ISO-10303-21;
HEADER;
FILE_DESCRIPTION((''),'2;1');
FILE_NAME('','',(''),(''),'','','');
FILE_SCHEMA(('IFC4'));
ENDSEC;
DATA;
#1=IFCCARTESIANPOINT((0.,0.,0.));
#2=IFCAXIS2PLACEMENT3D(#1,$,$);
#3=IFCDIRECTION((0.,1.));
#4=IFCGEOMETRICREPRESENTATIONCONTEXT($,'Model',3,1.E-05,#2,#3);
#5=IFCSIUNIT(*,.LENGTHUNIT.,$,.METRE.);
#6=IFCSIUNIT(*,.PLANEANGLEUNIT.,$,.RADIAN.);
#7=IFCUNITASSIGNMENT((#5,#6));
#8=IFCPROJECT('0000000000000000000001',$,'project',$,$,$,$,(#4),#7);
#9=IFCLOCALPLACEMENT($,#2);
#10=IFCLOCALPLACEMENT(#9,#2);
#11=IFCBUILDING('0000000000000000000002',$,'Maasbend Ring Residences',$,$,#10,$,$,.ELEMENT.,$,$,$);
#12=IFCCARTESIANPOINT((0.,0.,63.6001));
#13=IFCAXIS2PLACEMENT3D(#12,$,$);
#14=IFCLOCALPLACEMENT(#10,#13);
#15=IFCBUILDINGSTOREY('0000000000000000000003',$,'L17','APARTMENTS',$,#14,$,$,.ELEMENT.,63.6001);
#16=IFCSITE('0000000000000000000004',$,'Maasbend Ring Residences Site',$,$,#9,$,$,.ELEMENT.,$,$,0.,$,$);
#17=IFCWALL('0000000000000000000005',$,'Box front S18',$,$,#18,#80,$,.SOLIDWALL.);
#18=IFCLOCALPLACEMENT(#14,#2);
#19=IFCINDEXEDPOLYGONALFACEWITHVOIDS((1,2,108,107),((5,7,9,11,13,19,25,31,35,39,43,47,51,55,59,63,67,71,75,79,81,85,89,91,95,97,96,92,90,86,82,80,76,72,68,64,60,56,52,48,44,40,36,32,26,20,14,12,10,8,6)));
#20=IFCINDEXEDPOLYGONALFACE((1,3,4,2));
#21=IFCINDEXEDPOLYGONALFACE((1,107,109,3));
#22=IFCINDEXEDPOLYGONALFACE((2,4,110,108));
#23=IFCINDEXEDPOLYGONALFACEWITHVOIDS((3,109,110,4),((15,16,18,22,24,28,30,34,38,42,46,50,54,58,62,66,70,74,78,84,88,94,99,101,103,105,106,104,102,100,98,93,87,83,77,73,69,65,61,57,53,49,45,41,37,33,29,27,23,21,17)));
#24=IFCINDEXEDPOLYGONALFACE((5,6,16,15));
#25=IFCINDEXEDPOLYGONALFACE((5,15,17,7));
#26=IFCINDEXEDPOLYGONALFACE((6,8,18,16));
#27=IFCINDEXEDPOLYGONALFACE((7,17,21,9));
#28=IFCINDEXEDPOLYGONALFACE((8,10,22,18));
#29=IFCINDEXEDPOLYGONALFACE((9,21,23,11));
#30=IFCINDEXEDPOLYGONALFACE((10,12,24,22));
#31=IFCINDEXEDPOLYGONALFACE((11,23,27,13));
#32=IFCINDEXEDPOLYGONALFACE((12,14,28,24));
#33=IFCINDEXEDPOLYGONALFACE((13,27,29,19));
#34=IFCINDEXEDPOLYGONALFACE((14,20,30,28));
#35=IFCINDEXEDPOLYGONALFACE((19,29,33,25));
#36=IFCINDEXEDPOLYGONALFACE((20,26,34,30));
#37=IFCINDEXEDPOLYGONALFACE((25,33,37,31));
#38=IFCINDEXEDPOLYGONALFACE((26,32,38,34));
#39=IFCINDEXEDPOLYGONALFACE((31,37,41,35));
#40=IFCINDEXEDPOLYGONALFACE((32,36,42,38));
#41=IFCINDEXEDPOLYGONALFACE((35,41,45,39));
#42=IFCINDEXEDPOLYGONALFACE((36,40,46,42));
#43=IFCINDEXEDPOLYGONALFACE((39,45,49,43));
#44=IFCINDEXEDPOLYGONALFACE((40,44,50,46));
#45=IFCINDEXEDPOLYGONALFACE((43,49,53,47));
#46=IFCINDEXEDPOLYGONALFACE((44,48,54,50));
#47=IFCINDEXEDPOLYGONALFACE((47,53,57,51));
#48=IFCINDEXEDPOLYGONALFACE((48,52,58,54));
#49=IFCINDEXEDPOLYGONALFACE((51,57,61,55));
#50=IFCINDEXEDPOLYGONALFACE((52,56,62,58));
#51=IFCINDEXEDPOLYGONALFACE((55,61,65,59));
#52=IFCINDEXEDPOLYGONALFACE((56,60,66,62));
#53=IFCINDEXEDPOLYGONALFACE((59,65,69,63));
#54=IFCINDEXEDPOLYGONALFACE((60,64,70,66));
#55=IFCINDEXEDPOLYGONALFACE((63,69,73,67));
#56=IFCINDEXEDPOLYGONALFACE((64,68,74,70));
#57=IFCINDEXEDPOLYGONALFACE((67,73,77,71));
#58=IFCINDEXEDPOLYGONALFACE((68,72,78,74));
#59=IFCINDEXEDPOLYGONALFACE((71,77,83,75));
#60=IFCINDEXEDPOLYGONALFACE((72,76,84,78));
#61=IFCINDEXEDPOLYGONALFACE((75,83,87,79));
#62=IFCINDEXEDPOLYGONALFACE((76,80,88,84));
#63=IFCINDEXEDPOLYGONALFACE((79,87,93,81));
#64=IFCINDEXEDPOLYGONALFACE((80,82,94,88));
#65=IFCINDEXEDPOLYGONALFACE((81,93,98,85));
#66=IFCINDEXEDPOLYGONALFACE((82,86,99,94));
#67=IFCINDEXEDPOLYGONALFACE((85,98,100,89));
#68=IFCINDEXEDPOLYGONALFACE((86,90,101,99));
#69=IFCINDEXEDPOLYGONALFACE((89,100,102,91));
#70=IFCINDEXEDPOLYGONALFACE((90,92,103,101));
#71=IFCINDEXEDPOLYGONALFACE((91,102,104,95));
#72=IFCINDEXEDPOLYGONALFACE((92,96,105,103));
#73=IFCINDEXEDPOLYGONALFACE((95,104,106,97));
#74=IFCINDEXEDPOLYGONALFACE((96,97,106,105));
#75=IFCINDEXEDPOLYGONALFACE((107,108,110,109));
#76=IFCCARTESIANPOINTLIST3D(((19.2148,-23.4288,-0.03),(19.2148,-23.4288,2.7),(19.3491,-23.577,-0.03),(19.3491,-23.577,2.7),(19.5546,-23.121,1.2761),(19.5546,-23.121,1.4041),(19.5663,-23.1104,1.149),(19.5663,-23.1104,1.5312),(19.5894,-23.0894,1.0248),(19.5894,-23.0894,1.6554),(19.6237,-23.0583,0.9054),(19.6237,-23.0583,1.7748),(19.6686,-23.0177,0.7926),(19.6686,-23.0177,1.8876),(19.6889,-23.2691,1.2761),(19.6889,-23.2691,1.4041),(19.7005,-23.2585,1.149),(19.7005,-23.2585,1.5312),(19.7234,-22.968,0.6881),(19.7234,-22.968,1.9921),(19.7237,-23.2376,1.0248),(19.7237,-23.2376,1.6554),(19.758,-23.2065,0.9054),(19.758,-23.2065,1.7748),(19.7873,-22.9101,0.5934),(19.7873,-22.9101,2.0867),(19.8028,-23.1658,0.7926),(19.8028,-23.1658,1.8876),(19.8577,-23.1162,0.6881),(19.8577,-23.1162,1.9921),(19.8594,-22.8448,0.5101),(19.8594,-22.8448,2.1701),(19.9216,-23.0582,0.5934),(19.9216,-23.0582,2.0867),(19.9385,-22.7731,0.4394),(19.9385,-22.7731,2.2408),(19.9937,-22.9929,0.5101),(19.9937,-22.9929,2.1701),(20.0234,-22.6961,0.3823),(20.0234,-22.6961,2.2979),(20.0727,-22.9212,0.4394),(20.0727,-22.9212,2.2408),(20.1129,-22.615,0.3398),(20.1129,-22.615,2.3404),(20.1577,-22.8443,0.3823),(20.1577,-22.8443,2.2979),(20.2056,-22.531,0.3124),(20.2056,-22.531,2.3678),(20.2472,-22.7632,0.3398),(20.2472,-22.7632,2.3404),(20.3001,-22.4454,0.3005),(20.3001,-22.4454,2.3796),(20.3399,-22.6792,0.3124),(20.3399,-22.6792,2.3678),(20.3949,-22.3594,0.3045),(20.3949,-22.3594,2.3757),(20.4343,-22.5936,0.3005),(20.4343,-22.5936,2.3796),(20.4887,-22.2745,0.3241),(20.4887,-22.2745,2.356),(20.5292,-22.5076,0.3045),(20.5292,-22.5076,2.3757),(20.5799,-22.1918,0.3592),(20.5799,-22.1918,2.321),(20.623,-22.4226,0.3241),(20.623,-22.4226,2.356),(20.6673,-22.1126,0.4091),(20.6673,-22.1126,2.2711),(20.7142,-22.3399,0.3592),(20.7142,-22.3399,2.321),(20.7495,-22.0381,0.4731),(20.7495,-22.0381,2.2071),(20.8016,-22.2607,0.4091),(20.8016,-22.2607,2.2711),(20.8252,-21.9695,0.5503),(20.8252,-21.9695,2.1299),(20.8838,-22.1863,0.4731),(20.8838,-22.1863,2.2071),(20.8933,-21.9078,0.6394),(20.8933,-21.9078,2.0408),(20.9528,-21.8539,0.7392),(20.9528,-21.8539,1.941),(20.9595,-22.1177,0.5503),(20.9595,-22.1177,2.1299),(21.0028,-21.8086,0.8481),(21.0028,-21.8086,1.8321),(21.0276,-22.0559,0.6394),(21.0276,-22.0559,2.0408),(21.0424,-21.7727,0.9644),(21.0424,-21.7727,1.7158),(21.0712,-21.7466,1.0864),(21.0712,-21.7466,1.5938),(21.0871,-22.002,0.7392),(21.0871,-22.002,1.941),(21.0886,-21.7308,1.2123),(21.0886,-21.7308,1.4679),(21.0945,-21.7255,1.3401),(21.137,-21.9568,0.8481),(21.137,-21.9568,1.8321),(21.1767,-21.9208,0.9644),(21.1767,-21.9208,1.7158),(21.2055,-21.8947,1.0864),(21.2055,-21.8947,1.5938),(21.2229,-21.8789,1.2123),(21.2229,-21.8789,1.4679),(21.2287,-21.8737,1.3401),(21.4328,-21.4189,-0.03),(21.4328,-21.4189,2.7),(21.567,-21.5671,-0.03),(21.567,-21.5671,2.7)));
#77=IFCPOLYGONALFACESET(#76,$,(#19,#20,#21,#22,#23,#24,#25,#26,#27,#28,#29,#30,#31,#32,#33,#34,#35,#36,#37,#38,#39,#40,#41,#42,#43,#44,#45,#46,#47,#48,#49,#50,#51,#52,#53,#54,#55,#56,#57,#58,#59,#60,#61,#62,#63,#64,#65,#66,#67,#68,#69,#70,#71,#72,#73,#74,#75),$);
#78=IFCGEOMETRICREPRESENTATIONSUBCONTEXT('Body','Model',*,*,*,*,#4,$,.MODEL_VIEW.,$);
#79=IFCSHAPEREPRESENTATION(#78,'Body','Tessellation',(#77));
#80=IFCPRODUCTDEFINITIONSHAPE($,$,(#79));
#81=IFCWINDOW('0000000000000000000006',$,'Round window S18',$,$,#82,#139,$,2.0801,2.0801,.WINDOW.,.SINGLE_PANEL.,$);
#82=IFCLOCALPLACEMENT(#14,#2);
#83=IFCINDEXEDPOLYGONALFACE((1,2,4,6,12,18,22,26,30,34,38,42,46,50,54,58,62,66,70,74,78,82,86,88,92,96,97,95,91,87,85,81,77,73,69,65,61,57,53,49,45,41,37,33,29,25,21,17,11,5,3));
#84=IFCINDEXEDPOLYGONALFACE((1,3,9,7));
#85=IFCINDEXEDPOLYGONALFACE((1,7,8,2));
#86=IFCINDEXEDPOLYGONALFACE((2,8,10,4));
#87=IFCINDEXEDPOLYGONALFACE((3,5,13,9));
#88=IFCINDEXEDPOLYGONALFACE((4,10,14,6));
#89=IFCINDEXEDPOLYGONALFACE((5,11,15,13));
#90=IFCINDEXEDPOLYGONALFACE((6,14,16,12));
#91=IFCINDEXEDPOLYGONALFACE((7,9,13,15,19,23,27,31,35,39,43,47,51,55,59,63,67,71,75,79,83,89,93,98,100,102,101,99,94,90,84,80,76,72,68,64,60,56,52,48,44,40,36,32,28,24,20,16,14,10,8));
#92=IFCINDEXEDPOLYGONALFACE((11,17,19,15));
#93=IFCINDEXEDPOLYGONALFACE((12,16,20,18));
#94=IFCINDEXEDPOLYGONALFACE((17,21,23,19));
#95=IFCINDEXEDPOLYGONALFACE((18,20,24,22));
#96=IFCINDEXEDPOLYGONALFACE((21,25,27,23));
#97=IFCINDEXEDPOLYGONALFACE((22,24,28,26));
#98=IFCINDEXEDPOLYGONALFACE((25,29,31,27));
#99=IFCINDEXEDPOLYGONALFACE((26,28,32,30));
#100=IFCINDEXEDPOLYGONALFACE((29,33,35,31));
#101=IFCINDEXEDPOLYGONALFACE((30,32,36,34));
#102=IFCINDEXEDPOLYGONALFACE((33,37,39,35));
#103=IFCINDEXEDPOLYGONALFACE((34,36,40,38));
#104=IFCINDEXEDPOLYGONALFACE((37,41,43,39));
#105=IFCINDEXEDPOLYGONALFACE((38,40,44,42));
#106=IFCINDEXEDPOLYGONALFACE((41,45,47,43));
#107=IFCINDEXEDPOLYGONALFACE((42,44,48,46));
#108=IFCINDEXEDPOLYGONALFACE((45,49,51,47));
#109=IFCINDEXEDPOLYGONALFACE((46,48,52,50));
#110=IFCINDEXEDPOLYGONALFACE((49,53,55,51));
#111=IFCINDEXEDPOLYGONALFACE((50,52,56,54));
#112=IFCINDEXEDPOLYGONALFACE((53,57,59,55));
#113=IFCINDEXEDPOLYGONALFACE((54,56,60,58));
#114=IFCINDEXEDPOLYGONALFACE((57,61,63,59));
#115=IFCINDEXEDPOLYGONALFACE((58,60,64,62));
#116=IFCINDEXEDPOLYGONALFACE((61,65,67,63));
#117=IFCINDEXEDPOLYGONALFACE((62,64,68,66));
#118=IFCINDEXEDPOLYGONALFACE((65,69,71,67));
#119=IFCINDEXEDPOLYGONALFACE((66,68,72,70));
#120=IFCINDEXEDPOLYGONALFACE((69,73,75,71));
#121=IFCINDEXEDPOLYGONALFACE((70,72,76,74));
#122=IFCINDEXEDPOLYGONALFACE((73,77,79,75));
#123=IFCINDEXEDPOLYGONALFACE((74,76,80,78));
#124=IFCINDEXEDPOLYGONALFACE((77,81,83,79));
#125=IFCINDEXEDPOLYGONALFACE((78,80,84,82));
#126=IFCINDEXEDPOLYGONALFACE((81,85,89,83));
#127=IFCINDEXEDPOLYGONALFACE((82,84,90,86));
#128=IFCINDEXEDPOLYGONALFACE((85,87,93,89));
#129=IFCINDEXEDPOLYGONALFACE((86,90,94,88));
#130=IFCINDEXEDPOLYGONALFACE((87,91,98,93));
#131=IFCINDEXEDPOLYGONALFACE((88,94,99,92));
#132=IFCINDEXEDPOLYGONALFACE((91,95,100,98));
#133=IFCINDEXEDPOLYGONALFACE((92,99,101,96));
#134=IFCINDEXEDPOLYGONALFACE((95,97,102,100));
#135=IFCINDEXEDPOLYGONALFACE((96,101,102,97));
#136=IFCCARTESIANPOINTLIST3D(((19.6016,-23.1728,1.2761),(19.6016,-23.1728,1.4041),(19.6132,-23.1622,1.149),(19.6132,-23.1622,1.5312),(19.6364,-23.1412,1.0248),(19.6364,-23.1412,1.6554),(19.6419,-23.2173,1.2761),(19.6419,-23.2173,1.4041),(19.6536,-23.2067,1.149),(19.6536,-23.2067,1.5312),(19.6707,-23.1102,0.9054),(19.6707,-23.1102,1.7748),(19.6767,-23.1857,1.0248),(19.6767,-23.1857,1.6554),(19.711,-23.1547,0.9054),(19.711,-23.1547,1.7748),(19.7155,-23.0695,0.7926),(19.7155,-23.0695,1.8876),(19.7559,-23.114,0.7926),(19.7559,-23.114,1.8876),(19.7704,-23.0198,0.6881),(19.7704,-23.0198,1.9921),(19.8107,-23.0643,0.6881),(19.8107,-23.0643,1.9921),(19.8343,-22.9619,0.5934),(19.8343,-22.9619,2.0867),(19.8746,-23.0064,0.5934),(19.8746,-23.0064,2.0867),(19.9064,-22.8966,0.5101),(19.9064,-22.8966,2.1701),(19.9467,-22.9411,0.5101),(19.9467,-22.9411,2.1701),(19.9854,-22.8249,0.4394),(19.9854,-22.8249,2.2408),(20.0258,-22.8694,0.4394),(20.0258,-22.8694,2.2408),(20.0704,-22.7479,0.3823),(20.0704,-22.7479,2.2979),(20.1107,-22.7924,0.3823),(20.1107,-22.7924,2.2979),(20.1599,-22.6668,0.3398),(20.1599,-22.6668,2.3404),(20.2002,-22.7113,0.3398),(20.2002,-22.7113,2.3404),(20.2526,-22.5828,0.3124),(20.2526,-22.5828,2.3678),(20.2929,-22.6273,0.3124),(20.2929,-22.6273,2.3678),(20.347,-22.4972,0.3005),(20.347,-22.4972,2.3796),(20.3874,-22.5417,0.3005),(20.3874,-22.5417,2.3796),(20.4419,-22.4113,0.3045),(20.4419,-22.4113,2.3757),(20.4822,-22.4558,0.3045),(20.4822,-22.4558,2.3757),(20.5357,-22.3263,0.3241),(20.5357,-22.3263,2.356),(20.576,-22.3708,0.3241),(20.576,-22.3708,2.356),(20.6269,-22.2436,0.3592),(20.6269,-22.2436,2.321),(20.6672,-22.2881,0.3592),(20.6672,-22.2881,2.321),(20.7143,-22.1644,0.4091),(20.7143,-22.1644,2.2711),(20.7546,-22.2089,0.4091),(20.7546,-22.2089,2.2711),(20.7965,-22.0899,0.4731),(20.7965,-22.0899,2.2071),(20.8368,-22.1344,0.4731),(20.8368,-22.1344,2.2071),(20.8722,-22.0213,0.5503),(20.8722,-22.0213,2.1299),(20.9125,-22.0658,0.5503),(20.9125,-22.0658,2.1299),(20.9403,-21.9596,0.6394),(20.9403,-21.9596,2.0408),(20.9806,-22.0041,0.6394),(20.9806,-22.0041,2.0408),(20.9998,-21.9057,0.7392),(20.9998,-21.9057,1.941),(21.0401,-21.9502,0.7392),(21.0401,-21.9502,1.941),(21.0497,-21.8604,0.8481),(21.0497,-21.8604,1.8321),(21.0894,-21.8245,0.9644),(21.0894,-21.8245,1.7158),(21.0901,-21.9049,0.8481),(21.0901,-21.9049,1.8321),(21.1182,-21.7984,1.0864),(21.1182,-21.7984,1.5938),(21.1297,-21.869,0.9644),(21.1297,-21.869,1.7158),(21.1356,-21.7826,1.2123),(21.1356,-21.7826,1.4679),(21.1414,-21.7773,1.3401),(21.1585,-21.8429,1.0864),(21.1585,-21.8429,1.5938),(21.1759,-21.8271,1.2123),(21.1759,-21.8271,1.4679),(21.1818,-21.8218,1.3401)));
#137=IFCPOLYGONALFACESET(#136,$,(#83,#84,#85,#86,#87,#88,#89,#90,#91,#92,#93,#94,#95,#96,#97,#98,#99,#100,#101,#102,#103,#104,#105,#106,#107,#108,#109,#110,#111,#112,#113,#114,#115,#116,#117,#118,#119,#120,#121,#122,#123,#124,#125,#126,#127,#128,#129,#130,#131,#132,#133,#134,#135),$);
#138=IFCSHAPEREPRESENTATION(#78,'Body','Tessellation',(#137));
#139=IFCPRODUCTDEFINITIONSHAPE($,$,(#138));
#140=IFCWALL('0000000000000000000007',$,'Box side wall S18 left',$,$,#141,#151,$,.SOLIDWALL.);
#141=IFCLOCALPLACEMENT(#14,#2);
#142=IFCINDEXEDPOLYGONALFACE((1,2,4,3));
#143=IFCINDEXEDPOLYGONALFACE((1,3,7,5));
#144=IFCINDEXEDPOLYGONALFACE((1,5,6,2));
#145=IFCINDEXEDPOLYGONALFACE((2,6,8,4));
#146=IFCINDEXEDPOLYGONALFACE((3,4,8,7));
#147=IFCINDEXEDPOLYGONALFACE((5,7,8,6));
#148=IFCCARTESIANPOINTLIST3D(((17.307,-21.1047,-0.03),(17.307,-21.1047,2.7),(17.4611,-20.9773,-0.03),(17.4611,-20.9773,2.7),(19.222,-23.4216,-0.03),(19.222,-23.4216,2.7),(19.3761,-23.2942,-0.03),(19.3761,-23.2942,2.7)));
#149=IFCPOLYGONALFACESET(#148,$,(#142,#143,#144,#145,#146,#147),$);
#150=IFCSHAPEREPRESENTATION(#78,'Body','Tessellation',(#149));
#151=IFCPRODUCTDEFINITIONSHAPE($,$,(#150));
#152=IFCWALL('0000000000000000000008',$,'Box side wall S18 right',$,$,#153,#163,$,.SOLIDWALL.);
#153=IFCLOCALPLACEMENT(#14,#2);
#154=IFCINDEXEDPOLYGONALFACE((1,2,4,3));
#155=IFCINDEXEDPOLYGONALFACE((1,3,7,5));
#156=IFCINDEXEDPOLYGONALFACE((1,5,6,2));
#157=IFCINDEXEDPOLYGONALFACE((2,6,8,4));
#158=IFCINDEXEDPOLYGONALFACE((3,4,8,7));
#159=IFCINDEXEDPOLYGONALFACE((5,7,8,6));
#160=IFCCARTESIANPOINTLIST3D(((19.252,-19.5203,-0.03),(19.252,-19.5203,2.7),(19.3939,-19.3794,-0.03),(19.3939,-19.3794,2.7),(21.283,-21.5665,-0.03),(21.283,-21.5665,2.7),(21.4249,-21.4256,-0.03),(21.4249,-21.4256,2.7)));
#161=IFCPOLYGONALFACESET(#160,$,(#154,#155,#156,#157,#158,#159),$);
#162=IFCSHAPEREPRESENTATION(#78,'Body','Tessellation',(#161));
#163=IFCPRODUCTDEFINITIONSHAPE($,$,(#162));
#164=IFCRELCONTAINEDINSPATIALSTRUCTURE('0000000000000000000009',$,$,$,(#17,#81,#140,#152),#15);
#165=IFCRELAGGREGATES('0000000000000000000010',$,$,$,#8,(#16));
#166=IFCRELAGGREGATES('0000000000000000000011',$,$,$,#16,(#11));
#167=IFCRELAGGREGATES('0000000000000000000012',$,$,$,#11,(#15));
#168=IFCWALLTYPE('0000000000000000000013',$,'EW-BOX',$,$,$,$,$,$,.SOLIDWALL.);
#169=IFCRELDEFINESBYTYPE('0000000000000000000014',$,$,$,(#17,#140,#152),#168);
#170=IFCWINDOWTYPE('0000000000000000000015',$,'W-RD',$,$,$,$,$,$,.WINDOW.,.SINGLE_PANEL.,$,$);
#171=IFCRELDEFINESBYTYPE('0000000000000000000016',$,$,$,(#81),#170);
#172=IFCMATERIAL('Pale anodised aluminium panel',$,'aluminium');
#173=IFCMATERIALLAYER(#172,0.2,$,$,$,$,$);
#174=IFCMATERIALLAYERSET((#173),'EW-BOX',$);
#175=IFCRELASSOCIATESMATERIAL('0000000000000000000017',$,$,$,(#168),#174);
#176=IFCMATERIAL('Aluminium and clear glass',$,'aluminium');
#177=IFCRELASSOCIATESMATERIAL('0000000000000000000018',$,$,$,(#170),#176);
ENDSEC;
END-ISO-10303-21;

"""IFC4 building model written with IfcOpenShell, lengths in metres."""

from ifc_helpers import new_model, si_unit, direction, frame, frame_2d, origin, place, context, subcontext, project, spatial, rectangle, circle, extrude, material, layer, layer_set, type_object, element, fill, save


model = new_model("IFC4")

# Units and contexts
model_context = context("Model", 3, precision=1e-05, world=origin(), true_north=direction((0.0, 1.0)))
body_context = subcontext(model_context, "Body", "Model", "MODEL_VIEW")
ifc_project = project(units=[si_unit("LENGTHUNIT", "METRE"), si_unit("PLANEANGLEUNIT", "RADIAN")], contexts=[model_context])

# Site, building, storey
site_placement = place(None, origin())
site = spatial("IfcSite", under=ifc_project, at=site_placement, Name="Maasbend Ring Residences Site", CompositionType="ELEMENT", RefElevation=0.0)
building_placement = place(site_placement, origin())
building = spatial("IfcBuilding", under=site, at=building_placement, Name="Maasbend Ring Residences", CompositionType="ELEMENT")
storey_placement = place(building_placement, frame((0.0, 0.0, 63.6001)))
storey = spatial("IfcBuildingStorey", under=building, at=storey_placement, Name="L17", Description="APARTMENTS", CompositionType="ELEMENT", Elevation=63.6001)

# Shared definitions
ifc_material_1 = material(Name="Pale anodised aluminium panel", Category="aluminium")
ifc_layer_1 = layer(ifc_material_1, 0.2)
ifc_layer_set_1 = layer_set([ifc_layer_1], Name="EW-BOX")
wall_type_1 = type_object("IfcWallType", Name="EW-BOX", PredefinedType="SOLIDWALL", material=ifc_layer_set_1)
ifc_material_2 = material(Name="Aluminium and clear glass", Category="aluminium")
window_type_1 = type_object("IfcWindowType", Name="W-RD", PartitioningType="SINGLE_PANEL", PredefinedType="WINDOW", material=ifc_material_2)

# Wall, opening, window
wall_1_placement = place(storey_placement, frame((19.282, -23.5029, -0.03), z_axis=(0.0, 0.0, 1.0), x_axis=(0.740998, 0.671507, 0.0)))
wall_1 = element("IfcWall", 1, at=wall_1_placement, inside=storey, type_object=wall_type_1, Name="Box front S18", PredefinedType="SOLIDWALL", context=body_context, shape_type="SweptSolid", body=[
    extrude(rectangle(XDim=2.9932, YDim=0.2, at=frame_2d((1.4966, 0.0))), origin(), (0.0, 0.0, 1.0), 2.73),
])
opening_1_placement = place(wall_1_placement, frame((0.4565, 0.0, 0.3301)))
opening_1 = element("IfcOpeningElement", 2, at=opening_1_placement, cuts=wall_1, PredefinedType="OPENING", context=body_context, shape_type="SweptSolid", body=[
    extrude(circle(Radius=1.04, at=frame_2d((1.04, 1.04))), frame((0.0, 0.1099, 0.0), z_axis=(0.0, -1.0, 0.0), x_axis=(1.0, 0.0, 0.0)), (0.0, 0.0, 1.0), 0.22),
])
window_1_placement = place(opening_1_placement, origin())
window_1 = element("IfcWindow", 3, at=window_1_placement, inside=storey, type_object=window_type_1, Name="Round window S18", OverallHeight=2.0801, OverallWidth=2.0801, PartitioningType="SINGLE_PANEL", PredefinedType="WINDOW", context=body_context, shape_type="SweptSolid", body=[
    extrude(circle(Radius=1.04, at=frame_2d((1.04, 1.04))), frame((0.0, 0.03, 0.0), z_axis=(0.0, -1.0, 0.0), x_axis=(1.0, 0.0, 0.0)), (0.0, 0.0, 1.0), 0.0601),
])
fill(opening_1, window_1)

# Walls
wall_2_placement = place(storey_placement, frame((17.384, -21.041, -0.03), z_axis=(0.0, 0.0, 1.0), x_axis=(0.637096, -0.770785, 0.0)))
element("IfcWall", 4, at=wall_2_placement, inside=storey, type_object=wall_type_1, Name="Box side wall S18 left", PredefinedType="SOLIDWALL", context=body_context, shape_type="SweptSolid", body=[
    extrude(rectangle(XDim=3.0059, YDim=0.2, at=frame_2d((1.5029, 0.0))), origin(), (0.0, 0.0, 1.0), 2.73),
])
wall_3_placement = place(storey_placement, frame((19.323, -19.45, -0.03), z_axis=(0.0, 0.0, 1.0), x_axis=(0.704477, -0.709727, 0.0)))
element("IfcWall", 5, at=wall_3_placement, inside=storey, type_object=wall_type_1, Name="Box side wall S18 right", PredefinedType="SOLIDWALL", context=body_context, shape_type="SweptSolid", body=[
    extrude(rectangle(XDim=2.8831, YDim=0.2, at=frame_2d((1.4414, 0.0))), origin(), (0.0, 0.0, 1.0), 2.73),
])

save(model, "model.ifc")
